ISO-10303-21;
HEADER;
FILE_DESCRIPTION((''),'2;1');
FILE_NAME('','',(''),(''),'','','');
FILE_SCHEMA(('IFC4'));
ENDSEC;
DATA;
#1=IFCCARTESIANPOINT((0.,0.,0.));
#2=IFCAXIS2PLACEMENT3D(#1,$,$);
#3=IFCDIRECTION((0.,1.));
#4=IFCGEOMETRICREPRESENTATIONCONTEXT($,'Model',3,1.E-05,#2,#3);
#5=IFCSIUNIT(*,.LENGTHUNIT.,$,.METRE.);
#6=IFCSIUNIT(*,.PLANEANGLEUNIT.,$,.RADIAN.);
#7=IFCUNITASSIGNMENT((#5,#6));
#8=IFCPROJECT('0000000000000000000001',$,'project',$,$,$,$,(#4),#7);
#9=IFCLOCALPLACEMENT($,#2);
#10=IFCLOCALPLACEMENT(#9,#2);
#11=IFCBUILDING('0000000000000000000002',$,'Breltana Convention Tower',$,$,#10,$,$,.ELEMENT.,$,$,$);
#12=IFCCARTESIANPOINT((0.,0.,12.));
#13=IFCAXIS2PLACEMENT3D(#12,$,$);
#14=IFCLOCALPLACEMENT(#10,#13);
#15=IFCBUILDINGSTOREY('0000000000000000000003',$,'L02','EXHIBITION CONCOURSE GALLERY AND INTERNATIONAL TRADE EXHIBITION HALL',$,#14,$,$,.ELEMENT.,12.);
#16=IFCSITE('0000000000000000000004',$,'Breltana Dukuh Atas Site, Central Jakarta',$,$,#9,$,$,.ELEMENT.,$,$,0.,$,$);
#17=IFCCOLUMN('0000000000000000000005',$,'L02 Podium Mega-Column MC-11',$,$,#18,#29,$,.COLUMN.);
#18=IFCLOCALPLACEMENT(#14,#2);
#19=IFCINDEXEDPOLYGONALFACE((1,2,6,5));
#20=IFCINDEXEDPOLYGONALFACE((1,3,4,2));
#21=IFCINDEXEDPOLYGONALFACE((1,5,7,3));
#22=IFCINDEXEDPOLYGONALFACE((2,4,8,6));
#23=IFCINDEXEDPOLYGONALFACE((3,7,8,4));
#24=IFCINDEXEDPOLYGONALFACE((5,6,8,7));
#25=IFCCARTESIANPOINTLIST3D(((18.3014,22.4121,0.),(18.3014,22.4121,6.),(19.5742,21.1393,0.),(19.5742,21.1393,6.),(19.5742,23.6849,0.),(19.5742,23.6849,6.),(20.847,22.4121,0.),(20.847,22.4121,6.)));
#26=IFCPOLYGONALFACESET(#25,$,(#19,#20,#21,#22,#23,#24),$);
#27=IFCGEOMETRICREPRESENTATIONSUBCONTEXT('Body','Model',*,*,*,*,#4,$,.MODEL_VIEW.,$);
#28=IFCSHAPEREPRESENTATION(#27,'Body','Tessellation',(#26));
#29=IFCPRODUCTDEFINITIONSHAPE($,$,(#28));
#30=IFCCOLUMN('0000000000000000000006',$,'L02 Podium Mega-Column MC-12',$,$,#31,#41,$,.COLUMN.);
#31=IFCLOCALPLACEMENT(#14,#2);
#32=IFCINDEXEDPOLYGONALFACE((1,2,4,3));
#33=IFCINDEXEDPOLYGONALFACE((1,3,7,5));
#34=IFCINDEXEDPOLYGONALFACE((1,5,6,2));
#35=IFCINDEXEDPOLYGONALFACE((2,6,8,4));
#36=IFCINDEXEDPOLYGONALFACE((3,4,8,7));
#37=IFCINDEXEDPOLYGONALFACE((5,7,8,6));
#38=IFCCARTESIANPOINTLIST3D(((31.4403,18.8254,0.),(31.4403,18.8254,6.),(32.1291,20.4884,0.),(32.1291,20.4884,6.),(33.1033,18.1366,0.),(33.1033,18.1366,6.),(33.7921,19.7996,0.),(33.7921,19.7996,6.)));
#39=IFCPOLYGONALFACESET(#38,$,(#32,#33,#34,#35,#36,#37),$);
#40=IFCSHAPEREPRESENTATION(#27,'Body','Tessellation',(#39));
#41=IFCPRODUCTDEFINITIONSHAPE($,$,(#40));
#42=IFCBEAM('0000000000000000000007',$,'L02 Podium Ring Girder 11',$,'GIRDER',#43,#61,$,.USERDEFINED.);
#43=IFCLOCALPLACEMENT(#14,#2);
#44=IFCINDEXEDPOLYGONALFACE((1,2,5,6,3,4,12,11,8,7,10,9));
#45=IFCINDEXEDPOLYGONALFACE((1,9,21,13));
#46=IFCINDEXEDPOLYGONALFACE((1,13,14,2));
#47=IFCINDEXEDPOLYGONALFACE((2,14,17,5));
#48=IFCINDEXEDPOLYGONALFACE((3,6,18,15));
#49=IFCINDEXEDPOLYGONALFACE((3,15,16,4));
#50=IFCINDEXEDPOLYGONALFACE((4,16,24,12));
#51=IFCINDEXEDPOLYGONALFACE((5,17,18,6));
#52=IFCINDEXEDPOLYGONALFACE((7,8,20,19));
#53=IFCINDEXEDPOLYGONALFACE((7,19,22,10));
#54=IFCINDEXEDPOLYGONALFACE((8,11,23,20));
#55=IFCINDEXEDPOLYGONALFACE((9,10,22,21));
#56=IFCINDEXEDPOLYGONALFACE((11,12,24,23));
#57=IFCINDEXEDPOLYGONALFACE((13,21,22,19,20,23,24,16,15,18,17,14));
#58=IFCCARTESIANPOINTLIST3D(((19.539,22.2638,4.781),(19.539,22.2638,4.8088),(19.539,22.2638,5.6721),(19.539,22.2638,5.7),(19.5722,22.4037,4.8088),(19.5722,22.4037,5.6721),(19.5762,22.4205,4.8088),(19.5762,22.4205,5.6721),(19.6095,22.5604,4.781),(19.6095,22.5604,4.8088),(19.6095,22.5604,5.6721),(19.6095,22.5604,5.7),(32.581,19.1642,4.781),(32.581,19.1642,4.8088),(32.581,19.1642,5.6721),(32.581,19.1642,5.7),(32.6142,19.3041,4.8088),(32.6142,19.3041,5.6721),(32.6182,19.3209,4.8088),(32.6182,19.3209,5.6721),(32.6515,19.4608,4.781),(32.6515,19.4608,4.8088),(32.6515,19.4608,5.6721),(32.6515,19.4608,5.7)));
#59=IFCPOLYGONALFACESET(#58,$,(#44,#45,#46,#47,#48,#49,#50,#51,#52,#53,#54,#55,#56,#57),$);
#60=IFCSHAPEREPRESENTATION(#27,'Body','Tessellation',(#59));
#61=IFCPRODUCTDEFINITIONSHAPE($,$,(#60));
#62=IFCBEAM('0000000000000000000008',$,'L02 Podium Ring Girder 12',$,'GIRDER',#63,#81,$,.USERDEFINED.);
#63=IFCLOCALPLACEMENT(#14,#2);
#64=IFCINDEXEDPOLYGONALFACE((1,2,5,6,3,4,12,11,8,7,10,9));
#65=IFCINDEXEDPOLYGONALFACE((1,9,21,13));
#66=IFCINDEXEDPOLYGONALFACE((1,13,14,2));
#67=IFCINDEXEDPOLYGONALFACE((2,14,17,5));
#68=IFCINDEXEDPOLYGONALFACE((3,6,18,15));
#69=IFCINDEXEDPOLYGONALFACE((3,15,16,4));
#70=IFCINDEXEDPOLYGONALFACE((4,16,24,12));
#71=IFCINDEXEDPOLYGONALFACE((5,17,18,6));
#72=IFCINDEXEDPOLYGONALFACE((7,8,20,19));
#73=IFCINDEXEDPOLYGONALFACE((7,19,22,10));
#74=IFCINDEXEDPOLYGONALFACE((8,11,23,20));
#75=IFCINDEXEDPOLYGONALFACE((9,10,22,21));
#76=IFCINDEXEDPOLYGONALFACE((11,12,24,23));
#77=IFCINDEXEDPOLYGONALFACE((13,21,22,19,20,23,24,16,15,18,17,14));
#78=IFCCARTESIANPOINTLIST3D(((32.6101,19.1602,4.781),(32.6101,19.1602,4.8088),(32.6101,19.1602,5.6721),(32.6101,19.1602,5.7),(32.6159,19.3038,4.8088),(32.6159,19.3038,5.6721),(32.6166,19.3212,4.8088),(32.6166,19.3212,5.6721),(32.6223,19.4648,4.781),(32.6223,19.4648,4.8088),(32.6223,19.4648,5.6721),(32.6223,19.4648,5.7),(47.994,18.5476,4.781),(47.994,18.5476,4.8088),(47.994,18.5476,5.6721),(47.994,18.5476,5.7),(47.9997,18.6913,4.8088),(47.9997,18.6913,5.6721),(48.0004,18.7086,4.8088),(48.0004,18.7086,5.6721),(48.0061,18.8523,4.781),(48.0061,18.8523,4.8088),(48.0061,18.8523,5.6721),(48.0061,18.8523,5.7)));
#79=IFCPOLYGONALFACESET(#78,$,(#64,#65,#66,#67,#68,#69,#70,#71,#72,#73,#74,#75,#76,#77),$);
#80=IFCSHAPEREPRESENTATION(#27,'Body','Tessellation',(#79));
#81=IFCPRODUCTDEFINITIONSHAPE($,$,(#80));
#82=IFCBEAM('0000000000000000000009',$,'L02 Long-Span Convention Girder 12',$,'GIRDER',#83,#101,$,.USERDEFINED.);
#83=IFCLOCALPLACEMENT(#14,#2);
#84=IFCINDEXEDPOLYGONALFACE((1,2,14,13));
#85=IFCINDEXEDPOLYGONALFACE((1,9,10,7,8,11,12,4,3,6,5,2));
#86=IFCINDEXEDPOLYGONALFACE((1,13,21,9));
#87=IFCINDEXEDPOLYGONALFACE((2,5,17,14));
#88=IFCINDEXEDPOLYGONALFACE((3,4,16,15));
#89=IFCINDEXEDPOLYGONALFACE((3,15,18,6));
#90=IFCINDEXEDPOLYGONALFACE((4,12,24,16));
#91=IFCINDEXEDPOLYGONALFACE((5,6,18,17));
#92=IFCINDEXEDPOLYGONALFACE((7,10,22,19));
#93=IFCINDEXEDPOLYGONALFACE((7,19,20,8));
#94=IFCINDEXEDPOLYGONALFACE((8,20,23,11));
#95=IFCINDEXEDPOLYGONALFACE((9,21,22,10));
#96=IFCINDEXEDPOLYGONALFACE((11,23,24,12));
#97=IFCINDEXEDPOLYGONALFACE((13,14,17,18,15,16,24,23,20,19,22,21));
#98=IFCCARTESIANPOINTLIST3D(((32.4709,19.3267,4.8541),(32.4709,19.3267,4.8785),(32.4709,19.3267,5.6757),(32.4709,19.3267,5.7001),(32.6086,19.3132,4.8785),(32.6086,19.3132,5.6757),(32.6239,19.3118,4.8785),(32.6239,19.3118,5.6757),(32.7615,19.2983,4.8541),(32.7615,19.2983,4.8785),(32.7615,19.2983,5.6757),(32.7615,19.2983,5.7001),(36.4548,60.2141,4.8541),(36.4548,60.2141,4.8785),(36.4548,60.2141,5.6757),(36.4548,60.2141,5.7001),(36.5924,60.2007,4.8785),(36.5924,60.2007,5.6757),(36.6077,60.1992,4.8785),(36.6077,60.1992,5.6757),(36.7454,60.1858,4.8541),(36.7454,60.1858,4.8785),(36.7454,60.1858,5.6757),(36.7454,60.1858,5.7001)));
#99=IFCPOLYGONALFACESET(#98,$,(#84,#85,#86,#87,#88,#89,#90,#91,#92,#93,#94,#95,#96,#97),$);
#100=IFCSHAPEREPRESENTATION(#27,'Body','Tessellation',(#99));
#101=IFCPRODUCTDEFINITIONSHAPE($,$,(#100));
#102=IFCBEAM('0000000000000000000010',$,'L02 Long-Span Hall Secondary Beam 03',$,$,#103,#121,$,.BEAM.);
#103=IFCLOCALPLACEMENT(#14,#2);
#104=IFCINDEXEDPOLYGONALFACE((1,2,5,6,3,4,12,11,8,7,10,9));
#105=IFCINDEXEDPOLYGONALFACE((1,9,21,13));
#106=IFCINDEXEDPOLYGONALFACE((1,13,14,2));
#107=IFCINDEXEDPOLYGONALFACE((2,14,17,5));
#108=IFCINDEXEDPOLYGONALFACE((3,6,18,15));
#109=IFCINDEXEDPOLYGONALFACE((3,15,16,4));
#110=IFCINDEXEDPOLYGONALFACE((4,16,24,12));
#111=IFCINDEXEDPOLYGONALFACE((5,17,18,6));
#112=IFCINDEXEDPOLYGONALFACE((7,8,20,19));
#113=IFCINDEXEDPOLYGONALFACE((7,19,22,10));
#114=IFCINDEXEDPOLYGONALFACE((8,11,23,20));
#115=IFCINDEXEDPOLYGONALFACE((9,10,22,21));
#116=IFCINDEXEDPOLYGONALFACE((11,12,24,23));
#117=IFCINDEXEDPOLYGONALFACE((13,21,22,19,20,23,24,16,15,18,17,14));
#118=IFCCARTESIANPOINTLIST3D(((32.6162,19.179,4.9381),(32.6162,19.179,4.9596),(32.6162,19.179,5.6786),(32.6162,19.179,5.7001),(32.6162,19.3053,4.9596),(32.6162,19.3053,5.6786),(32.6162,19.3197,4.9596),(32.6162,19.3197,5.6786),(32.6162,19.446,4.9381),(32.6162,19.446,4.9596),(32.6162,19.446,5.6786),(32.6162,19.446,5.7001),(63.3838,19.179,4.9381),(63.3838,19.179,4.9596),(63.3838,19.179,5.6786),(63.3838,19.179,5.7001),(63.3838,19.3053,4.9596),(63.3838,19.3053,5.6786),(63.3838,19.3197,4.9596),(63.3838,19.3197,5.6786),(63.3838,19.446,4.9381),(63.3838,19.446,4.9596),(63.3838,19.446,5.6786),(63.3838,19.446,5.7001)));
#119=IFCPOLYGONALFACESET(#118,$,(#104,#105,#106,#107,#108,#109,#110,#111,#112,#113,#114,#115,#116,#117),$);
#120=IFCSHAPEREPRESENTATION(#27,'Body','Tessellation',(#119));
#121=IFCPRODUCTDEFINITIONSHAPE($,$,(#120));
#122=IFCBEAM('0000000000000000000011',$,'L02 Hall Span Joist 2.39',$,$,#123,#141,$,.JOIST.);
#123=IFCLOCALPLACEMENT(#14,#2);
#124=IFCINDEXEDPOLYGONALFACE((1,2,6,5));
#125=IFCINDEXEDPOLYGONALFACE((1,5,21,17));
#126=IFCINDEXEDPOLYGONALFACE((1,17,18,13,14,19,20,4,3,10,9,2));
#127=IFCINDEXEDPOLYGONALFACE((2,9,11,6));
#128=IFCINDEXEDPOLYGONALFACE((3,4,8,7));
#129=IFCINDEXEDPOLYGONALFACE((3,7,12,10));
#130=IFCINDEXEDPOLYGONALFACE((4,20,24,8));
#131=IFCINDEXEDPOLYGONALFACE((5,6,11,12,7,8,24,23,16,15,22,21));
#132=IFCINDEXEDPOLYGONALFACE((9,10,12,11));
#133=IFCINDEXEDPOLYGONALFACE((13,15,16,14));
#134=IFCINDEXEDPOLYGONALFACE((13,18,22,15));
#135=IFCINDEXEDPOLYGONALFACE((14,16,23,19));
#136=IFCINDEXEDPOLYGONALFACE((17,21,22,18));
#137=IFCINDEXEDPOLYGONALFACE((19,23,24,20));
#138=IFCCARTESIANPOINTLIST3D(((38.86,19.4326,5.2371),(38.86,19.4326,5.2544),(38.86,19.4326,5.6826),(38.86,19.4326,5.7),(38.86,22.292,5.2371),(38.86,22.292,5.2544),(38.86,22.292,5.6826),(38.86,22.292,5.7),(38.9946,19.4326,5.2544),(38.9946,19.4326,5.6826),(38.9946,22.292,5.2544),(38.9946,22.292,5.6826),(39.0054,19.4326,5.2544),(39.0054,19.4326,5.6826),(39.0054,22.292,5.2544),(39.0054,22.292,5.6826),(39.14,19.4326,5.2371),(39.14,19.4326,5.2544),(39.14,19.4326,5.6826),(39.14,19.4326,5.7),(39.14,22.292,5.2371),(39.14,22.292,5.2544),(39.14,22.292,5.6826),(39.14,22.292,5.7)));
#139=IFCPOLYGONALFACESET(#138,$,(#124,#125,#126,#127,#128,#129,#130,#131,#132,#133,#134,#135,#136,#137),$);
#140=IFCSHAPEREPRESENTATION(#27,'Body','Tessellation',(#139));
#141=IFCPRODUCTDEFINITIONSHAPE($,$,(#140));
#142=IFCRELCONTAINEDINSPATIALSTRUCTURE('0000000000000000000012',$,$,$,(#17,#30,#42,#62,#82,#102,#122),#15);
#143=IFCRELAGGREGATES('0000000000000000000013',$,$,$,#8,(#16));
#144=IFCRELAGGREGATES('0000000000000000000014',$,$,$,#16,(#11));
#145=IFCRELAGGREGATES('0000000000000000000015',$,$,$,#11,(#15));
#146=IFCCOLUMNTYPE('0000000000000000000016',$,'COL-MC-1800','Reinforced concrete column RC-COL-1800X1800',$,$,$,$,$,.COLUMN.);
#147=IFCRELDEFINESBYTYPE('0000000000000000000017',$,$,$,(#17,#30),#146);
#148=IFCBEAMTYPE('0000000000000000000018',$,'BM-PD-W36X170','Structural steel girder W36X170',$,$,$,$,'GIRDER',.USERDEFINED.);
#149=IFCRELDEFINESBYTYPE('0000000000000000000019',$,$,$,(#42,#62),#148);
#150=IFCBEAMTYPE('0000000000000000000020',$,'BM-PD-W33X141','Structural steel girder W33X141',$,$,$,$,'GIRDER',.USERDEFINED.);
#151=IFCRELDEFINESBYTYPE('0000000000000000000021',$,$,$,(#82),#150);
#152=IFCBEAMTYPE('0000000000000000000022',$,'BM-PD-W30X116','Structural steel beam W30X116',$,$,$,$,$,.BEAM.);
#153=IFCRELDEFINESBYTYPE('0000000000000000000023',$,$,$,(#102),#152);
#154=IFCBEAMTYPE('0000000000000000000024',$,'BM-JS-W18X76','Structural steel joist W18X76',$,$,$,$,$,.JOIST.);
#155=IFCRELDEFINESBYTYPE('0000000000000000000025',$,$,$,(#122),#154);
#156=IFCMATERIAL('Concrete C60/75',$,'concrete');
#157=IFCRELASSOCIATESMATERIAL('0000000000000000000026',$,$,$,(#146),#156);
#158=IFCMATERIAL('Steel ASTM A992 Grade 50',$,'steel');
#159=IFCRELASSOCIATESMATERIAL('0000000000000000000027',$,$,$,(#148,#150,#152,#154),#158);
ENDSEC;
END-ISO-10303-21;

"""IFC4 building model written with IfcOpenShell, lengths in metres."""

from ifc_helpers import new_model, si_unit, direction, frame, origin, origin_2d, place, context, subcontext, project, spatial, rectangle, i_section, extrude, source, transform, mapped, material, material_profile, profile_set, type_object, type_shapes, element, save


model = new_model("IFC4")

# Units and contexts
model_context = context("Model", 3, precision=1e-05, world=origin(), true_north=direction((0.0, 1.0)))
body_context = subcontext(model_context, "Body", "Model", "MODEL_VIEW")
ifc_project = project(units=[si_unit("LENGTHUNIT", "METRE"), si_unit("PLANEANGLEUNIT", "RADIAN")], contexts=[model_context])

# Site, building, storey
site_placement = place(None, origin())
site = spatial("IfcSite", under=ifc_project, at=site_placement, Name="Breltana Dukuh Atas Site, Central Jakarta", CompositionType="ELEMENT", RefElevation=0.0)
building_placement = place(site_placement, origin())
building = spatial("IfcBuilding", under=site, at=building_placement, Name="Breltana Convention Tower", CompositionType="ELEMENT")
storey_placement = place(building_placement, frame((0.0, 0.0, 12.0)))
storey = spatial("IfcBuildingStorey", under=building, at=storey_placement, Name="L02", Description="EXHIBITION CONCOURSE GALLERY AND INTERNATIONAL TRADE EXHIBITION HALL", CompositionType="ELEMENT", Elevation=12.0)

# Columns
ifc_material_1 = material(Name="Concrete C60/75", Category="concrete")
ifc_material_profile_1 = material_profile(ifc_material_1, rectangle(XDim=1.8, YDim=1.8, at=origin_2d()), Name="RC-COL-1800X1800")
ifc_profile_set_1 = profile_set([ifc_material_profile_1], Name="Concrete C60/75")
column_type = type_object("IfcColumnType", Name="COL-MC-1800", Description="Reinforced concrete column RC-COL-1800X1800", PredefinedType="COLUMN", material=ifc_profile_set_1)
shared_shape_1 = source(origin(), body_context, "Body", "SweptSolid", [
    extrude(rectangle(XDim=1.8, YDim=1.8, at=origin_2d()), origin(), (0.0, 0.0, 1.0), 6.0),
])
type_shapes(column_type, [shared_shape_1])
for number, where, z_axis, x_axis, name in (
    (1, (19.5742, 22.4121, 0.0), (0.0, 0.0, 1.0), (-0.707107, -0.707107, 0.0), "L02 Podium Mega-Column MC-11"),
    (2, (32.6162, 19.3125, 0.0), (0.0, 0.0, 1.0), (-0.382683, -0.92388, 0.0), "L02 Podium Mega-Column MC-12"),
):
    element("IfcColumn", number, at=place(storey_placement, frame(where, z_axis=z_axis, x_axis=x_axis)), inside=storey, type_object=column_type, Name=name, PredefinedType="COLUMN", context=body_context, shape_type="MappedRepresentation", body=[
        mapped(shared_shape_1, transform((0.0, 0.0, 0.0), scale=1.0)),
    ])

# Beams
ifc_material_2 = material(Name="Steel ASTM A992 Grade 50", Category="steel")
ifc_material_profile_2 = material_profile(ifc_material_2, i_section(OverallWidth=0.3049, OverallDepth=0.9189, WebThickness=0.0173, FlangeThickness=0.0278, at=origin_2d()), Name="W36X170")
ifc_profile_set_2 = profile_set([ifc_material_profile_2], Name="Steel ASTM A992 Grade 50")
beam_type_1 = type_object("IfcBeamType", Name="BM-PD-W36X170", Description="Structural steel girder W36X170", ElementType="GIRDER", PredefinedType="USERDEFINED", material=ifc_profile_set_2)
shared_shape_2 = source(origin(), body_context, "Body", "SweptSolid", [
    extrude(i_section(OverallWidth=0.3049, OverallDepth=0.9189, WebThickness=0.0173, FlangeThickness=0.0278, at=origin_2d()), origin(), (0.0, 0.0, 1.0), 13.4053),
])
beam_1_placement = place(storey_placement, frame((19.5742, 22.4121, 5.2405), z_axis=(0.972901, -0.231223, 0.0), x_axis=(0.231223, 0.972901, 0.0)))
element("IfcBeam", 3, at=beam_1_placement, inside=storey, type_object=beam_type_1, Name="L02 Podium Ring Girder 11", ObjectType="GIRDER", PredefinedType="USERDEFINED", context=body_context, shape_type="MappedRepresentation", body=[
    mapped(shared_shape_2, transform((0.0, 0.0, 0.0), scale=1.0)),
])
shared_shape_3 = source(origin(), body_context, "Body", "SweptSolid", [
    extrude(i_section(OverallWidth=0.3049, OverallDepth=0.9189, WebThickness=0.0173, FlangeThickness=0.0278, at=origin_2d()), origin(), (0.0, 0.0, 1.0), 15.396),
])
beam_2_placement = place(storey_placement, frame((32.6162, 19.3125, 5.2405), z_axis=(0.999208, -0.039786, 0.0), x_axis=(0.039786, 0.999208, 0.0)))
element("IfcBeam", 4, at=beam_2_placement, inside=storey, type_object=beam_type_1, Name="L02 Podium Ring Girder 12", ObjectType="GIRDER", PredefinedType="USERDEFINED", context=body_context, shape_type="MappedRepresentation", body=[
    mapped(shared_shape_3, transform((0.0, 0.0, 0.0), scale=1.0)),
])
ifc_material_profile_3 = material_profile(ifc_material_2, i_section(OverallWidth=0.292, OverallDepth=0.8459, WebThickness=0.0154, FlangeThickness=0.0244, at=origin_2d()), Name="W33X141")
ifc_profile_set_3 = profile_set([ifc_material_profile_3], Name="Steel ASTM A992 Grade 50")
beam_type_2 = type_object("IfcBeamType", Name="BM-PD-W33X141", Description="Structural steel girder W33X141", ElementType="GIRDER", PredefinedType="USERDEFINED", material=ifc_profile_set_3)
shared_shape_4 = source(origin(), body_context, "Body", "SweptSolid", [
    extrude(i_section(OverallWidth=0.292, OverallDepth=0.8459, WebThickness=0.0154, FlangeThickness=0.0244, at=origin_2d()), origin(), (0.0, 0.0, 1.0), 41.0811),
])
beam_3_placement = place(storey_placement, frame((32.6162, 19.3125, 5.2771), z_axis=(0.096976, 0.995287, 0.0), x_axis=(-0.995287, 0.096976, 0.0)))
element("IfcBeam", 5, at=beam_3_placement, inside=storey, type_object=beam_type_2, Name="L02 Long-Span Convention Girder 12", ObjectType="GIRDER", PredefinedType="USERDEFINED", context=body_context, shape_type="MappedRepresentation", body=[
    mapped(shared_shape_4, transform((0.0, 0.0, 0.0), scale=1.0)),
])
ifc_material_profile_4 = material_profile(ifc_material_2, i_section(OverallWidth=0.2671, OverallDepth=0.762, WebThickness=0.0144, FlangeThickness=0.0215, at=origin_2d()), Name="W30X116")
ifc_profile_set_4 = profile_set([ifc_material_profile_4], Name="Steel ASTM A992 Grade 50")
beam_type_3 = type_object("IfcBeamType", Name="BM-PD-W30X116", Description="Structural steel beam W30X116", PredefinedType="BEAM", material=ifc_profile_set_4)
shared_shape_5 = source(origin(), body_context, "Body", "SweptSolid", [
    extrude(i_section(OverallWidth=0.2671, OverallDepth=0.762, WebThickness=0.0144, FlangeThickness=0.0215, at=origin_2d()), origin(), (0.0, 0.0, 1.0), 30.7676),
])
beam_4_placement = place(storey_placement, frame((32.6162, 19.3125, 5.3191), z_axis=(1.0, 0.0, 0.0), x_axis=(0.0, 1.0, 0.0)))
element("IfcBeam", 6, at=beam_4_placement, inside=storey, type_object=beam_type_3, Name="L02 Long-Span Hall Secondary Beam 03", PredefinedType="BEAM", context=body_context, shape_type="MappedRepresentation", body=[
    mapped(shared_shape_5, transform((0.0, 0.0, 0.0), scale=1.0)),
])
ifc_material_profile_5 = material_profile(ifc_material_2, i_section(OverallWidth=0.28, OverallDepth=0.4629, WebThickness=0.0107, FlangeThickness=0.0173, at=origin_2d()), Name="W18X76")
ifc_profile_set_5 = profile_set([ifc_material_profile_5], Name="Steel ASTM A992 Grade 50")
beam_type_4 = type_object("IfcBeamType", Name="BM-JS-W18X76", Description="Structural steel joist W18X76", PredefinedType="JOIST", material=ifc_profile_set_5)
shared_shape_6 = source(origin(), body_context, "Body", "SweptSolid", [
    extrude(i_section(OverallWidth=0.28, OverallDepth=0.4629, WebThickness=0.0107, FlangeThickness=0.0173, at=origin_2d()), origin(), (0.0, 0.0, 1.0), 2.8594),
])
beam_5_placement = place(storey_placement, frame((39.0, 19.4326, 5.4685), z_axis=(0.0, 1.0, 0.0), x_axis=(-1.0, 0.0, 0.0)))
element("IfcBeam", 7, at=beam_5_placement, inside=storey, type_object=beam_type_4, Name="L02 Hall Span Joist 2.39", PredefinedType="JOIST", context=body_context, shape_type="MappedRepresentation", body=[
    mapped(shared_shape_6, transform((0.0, 0.0, 0.0), scale=1.0)),
])

save(model, "model.ifc")
